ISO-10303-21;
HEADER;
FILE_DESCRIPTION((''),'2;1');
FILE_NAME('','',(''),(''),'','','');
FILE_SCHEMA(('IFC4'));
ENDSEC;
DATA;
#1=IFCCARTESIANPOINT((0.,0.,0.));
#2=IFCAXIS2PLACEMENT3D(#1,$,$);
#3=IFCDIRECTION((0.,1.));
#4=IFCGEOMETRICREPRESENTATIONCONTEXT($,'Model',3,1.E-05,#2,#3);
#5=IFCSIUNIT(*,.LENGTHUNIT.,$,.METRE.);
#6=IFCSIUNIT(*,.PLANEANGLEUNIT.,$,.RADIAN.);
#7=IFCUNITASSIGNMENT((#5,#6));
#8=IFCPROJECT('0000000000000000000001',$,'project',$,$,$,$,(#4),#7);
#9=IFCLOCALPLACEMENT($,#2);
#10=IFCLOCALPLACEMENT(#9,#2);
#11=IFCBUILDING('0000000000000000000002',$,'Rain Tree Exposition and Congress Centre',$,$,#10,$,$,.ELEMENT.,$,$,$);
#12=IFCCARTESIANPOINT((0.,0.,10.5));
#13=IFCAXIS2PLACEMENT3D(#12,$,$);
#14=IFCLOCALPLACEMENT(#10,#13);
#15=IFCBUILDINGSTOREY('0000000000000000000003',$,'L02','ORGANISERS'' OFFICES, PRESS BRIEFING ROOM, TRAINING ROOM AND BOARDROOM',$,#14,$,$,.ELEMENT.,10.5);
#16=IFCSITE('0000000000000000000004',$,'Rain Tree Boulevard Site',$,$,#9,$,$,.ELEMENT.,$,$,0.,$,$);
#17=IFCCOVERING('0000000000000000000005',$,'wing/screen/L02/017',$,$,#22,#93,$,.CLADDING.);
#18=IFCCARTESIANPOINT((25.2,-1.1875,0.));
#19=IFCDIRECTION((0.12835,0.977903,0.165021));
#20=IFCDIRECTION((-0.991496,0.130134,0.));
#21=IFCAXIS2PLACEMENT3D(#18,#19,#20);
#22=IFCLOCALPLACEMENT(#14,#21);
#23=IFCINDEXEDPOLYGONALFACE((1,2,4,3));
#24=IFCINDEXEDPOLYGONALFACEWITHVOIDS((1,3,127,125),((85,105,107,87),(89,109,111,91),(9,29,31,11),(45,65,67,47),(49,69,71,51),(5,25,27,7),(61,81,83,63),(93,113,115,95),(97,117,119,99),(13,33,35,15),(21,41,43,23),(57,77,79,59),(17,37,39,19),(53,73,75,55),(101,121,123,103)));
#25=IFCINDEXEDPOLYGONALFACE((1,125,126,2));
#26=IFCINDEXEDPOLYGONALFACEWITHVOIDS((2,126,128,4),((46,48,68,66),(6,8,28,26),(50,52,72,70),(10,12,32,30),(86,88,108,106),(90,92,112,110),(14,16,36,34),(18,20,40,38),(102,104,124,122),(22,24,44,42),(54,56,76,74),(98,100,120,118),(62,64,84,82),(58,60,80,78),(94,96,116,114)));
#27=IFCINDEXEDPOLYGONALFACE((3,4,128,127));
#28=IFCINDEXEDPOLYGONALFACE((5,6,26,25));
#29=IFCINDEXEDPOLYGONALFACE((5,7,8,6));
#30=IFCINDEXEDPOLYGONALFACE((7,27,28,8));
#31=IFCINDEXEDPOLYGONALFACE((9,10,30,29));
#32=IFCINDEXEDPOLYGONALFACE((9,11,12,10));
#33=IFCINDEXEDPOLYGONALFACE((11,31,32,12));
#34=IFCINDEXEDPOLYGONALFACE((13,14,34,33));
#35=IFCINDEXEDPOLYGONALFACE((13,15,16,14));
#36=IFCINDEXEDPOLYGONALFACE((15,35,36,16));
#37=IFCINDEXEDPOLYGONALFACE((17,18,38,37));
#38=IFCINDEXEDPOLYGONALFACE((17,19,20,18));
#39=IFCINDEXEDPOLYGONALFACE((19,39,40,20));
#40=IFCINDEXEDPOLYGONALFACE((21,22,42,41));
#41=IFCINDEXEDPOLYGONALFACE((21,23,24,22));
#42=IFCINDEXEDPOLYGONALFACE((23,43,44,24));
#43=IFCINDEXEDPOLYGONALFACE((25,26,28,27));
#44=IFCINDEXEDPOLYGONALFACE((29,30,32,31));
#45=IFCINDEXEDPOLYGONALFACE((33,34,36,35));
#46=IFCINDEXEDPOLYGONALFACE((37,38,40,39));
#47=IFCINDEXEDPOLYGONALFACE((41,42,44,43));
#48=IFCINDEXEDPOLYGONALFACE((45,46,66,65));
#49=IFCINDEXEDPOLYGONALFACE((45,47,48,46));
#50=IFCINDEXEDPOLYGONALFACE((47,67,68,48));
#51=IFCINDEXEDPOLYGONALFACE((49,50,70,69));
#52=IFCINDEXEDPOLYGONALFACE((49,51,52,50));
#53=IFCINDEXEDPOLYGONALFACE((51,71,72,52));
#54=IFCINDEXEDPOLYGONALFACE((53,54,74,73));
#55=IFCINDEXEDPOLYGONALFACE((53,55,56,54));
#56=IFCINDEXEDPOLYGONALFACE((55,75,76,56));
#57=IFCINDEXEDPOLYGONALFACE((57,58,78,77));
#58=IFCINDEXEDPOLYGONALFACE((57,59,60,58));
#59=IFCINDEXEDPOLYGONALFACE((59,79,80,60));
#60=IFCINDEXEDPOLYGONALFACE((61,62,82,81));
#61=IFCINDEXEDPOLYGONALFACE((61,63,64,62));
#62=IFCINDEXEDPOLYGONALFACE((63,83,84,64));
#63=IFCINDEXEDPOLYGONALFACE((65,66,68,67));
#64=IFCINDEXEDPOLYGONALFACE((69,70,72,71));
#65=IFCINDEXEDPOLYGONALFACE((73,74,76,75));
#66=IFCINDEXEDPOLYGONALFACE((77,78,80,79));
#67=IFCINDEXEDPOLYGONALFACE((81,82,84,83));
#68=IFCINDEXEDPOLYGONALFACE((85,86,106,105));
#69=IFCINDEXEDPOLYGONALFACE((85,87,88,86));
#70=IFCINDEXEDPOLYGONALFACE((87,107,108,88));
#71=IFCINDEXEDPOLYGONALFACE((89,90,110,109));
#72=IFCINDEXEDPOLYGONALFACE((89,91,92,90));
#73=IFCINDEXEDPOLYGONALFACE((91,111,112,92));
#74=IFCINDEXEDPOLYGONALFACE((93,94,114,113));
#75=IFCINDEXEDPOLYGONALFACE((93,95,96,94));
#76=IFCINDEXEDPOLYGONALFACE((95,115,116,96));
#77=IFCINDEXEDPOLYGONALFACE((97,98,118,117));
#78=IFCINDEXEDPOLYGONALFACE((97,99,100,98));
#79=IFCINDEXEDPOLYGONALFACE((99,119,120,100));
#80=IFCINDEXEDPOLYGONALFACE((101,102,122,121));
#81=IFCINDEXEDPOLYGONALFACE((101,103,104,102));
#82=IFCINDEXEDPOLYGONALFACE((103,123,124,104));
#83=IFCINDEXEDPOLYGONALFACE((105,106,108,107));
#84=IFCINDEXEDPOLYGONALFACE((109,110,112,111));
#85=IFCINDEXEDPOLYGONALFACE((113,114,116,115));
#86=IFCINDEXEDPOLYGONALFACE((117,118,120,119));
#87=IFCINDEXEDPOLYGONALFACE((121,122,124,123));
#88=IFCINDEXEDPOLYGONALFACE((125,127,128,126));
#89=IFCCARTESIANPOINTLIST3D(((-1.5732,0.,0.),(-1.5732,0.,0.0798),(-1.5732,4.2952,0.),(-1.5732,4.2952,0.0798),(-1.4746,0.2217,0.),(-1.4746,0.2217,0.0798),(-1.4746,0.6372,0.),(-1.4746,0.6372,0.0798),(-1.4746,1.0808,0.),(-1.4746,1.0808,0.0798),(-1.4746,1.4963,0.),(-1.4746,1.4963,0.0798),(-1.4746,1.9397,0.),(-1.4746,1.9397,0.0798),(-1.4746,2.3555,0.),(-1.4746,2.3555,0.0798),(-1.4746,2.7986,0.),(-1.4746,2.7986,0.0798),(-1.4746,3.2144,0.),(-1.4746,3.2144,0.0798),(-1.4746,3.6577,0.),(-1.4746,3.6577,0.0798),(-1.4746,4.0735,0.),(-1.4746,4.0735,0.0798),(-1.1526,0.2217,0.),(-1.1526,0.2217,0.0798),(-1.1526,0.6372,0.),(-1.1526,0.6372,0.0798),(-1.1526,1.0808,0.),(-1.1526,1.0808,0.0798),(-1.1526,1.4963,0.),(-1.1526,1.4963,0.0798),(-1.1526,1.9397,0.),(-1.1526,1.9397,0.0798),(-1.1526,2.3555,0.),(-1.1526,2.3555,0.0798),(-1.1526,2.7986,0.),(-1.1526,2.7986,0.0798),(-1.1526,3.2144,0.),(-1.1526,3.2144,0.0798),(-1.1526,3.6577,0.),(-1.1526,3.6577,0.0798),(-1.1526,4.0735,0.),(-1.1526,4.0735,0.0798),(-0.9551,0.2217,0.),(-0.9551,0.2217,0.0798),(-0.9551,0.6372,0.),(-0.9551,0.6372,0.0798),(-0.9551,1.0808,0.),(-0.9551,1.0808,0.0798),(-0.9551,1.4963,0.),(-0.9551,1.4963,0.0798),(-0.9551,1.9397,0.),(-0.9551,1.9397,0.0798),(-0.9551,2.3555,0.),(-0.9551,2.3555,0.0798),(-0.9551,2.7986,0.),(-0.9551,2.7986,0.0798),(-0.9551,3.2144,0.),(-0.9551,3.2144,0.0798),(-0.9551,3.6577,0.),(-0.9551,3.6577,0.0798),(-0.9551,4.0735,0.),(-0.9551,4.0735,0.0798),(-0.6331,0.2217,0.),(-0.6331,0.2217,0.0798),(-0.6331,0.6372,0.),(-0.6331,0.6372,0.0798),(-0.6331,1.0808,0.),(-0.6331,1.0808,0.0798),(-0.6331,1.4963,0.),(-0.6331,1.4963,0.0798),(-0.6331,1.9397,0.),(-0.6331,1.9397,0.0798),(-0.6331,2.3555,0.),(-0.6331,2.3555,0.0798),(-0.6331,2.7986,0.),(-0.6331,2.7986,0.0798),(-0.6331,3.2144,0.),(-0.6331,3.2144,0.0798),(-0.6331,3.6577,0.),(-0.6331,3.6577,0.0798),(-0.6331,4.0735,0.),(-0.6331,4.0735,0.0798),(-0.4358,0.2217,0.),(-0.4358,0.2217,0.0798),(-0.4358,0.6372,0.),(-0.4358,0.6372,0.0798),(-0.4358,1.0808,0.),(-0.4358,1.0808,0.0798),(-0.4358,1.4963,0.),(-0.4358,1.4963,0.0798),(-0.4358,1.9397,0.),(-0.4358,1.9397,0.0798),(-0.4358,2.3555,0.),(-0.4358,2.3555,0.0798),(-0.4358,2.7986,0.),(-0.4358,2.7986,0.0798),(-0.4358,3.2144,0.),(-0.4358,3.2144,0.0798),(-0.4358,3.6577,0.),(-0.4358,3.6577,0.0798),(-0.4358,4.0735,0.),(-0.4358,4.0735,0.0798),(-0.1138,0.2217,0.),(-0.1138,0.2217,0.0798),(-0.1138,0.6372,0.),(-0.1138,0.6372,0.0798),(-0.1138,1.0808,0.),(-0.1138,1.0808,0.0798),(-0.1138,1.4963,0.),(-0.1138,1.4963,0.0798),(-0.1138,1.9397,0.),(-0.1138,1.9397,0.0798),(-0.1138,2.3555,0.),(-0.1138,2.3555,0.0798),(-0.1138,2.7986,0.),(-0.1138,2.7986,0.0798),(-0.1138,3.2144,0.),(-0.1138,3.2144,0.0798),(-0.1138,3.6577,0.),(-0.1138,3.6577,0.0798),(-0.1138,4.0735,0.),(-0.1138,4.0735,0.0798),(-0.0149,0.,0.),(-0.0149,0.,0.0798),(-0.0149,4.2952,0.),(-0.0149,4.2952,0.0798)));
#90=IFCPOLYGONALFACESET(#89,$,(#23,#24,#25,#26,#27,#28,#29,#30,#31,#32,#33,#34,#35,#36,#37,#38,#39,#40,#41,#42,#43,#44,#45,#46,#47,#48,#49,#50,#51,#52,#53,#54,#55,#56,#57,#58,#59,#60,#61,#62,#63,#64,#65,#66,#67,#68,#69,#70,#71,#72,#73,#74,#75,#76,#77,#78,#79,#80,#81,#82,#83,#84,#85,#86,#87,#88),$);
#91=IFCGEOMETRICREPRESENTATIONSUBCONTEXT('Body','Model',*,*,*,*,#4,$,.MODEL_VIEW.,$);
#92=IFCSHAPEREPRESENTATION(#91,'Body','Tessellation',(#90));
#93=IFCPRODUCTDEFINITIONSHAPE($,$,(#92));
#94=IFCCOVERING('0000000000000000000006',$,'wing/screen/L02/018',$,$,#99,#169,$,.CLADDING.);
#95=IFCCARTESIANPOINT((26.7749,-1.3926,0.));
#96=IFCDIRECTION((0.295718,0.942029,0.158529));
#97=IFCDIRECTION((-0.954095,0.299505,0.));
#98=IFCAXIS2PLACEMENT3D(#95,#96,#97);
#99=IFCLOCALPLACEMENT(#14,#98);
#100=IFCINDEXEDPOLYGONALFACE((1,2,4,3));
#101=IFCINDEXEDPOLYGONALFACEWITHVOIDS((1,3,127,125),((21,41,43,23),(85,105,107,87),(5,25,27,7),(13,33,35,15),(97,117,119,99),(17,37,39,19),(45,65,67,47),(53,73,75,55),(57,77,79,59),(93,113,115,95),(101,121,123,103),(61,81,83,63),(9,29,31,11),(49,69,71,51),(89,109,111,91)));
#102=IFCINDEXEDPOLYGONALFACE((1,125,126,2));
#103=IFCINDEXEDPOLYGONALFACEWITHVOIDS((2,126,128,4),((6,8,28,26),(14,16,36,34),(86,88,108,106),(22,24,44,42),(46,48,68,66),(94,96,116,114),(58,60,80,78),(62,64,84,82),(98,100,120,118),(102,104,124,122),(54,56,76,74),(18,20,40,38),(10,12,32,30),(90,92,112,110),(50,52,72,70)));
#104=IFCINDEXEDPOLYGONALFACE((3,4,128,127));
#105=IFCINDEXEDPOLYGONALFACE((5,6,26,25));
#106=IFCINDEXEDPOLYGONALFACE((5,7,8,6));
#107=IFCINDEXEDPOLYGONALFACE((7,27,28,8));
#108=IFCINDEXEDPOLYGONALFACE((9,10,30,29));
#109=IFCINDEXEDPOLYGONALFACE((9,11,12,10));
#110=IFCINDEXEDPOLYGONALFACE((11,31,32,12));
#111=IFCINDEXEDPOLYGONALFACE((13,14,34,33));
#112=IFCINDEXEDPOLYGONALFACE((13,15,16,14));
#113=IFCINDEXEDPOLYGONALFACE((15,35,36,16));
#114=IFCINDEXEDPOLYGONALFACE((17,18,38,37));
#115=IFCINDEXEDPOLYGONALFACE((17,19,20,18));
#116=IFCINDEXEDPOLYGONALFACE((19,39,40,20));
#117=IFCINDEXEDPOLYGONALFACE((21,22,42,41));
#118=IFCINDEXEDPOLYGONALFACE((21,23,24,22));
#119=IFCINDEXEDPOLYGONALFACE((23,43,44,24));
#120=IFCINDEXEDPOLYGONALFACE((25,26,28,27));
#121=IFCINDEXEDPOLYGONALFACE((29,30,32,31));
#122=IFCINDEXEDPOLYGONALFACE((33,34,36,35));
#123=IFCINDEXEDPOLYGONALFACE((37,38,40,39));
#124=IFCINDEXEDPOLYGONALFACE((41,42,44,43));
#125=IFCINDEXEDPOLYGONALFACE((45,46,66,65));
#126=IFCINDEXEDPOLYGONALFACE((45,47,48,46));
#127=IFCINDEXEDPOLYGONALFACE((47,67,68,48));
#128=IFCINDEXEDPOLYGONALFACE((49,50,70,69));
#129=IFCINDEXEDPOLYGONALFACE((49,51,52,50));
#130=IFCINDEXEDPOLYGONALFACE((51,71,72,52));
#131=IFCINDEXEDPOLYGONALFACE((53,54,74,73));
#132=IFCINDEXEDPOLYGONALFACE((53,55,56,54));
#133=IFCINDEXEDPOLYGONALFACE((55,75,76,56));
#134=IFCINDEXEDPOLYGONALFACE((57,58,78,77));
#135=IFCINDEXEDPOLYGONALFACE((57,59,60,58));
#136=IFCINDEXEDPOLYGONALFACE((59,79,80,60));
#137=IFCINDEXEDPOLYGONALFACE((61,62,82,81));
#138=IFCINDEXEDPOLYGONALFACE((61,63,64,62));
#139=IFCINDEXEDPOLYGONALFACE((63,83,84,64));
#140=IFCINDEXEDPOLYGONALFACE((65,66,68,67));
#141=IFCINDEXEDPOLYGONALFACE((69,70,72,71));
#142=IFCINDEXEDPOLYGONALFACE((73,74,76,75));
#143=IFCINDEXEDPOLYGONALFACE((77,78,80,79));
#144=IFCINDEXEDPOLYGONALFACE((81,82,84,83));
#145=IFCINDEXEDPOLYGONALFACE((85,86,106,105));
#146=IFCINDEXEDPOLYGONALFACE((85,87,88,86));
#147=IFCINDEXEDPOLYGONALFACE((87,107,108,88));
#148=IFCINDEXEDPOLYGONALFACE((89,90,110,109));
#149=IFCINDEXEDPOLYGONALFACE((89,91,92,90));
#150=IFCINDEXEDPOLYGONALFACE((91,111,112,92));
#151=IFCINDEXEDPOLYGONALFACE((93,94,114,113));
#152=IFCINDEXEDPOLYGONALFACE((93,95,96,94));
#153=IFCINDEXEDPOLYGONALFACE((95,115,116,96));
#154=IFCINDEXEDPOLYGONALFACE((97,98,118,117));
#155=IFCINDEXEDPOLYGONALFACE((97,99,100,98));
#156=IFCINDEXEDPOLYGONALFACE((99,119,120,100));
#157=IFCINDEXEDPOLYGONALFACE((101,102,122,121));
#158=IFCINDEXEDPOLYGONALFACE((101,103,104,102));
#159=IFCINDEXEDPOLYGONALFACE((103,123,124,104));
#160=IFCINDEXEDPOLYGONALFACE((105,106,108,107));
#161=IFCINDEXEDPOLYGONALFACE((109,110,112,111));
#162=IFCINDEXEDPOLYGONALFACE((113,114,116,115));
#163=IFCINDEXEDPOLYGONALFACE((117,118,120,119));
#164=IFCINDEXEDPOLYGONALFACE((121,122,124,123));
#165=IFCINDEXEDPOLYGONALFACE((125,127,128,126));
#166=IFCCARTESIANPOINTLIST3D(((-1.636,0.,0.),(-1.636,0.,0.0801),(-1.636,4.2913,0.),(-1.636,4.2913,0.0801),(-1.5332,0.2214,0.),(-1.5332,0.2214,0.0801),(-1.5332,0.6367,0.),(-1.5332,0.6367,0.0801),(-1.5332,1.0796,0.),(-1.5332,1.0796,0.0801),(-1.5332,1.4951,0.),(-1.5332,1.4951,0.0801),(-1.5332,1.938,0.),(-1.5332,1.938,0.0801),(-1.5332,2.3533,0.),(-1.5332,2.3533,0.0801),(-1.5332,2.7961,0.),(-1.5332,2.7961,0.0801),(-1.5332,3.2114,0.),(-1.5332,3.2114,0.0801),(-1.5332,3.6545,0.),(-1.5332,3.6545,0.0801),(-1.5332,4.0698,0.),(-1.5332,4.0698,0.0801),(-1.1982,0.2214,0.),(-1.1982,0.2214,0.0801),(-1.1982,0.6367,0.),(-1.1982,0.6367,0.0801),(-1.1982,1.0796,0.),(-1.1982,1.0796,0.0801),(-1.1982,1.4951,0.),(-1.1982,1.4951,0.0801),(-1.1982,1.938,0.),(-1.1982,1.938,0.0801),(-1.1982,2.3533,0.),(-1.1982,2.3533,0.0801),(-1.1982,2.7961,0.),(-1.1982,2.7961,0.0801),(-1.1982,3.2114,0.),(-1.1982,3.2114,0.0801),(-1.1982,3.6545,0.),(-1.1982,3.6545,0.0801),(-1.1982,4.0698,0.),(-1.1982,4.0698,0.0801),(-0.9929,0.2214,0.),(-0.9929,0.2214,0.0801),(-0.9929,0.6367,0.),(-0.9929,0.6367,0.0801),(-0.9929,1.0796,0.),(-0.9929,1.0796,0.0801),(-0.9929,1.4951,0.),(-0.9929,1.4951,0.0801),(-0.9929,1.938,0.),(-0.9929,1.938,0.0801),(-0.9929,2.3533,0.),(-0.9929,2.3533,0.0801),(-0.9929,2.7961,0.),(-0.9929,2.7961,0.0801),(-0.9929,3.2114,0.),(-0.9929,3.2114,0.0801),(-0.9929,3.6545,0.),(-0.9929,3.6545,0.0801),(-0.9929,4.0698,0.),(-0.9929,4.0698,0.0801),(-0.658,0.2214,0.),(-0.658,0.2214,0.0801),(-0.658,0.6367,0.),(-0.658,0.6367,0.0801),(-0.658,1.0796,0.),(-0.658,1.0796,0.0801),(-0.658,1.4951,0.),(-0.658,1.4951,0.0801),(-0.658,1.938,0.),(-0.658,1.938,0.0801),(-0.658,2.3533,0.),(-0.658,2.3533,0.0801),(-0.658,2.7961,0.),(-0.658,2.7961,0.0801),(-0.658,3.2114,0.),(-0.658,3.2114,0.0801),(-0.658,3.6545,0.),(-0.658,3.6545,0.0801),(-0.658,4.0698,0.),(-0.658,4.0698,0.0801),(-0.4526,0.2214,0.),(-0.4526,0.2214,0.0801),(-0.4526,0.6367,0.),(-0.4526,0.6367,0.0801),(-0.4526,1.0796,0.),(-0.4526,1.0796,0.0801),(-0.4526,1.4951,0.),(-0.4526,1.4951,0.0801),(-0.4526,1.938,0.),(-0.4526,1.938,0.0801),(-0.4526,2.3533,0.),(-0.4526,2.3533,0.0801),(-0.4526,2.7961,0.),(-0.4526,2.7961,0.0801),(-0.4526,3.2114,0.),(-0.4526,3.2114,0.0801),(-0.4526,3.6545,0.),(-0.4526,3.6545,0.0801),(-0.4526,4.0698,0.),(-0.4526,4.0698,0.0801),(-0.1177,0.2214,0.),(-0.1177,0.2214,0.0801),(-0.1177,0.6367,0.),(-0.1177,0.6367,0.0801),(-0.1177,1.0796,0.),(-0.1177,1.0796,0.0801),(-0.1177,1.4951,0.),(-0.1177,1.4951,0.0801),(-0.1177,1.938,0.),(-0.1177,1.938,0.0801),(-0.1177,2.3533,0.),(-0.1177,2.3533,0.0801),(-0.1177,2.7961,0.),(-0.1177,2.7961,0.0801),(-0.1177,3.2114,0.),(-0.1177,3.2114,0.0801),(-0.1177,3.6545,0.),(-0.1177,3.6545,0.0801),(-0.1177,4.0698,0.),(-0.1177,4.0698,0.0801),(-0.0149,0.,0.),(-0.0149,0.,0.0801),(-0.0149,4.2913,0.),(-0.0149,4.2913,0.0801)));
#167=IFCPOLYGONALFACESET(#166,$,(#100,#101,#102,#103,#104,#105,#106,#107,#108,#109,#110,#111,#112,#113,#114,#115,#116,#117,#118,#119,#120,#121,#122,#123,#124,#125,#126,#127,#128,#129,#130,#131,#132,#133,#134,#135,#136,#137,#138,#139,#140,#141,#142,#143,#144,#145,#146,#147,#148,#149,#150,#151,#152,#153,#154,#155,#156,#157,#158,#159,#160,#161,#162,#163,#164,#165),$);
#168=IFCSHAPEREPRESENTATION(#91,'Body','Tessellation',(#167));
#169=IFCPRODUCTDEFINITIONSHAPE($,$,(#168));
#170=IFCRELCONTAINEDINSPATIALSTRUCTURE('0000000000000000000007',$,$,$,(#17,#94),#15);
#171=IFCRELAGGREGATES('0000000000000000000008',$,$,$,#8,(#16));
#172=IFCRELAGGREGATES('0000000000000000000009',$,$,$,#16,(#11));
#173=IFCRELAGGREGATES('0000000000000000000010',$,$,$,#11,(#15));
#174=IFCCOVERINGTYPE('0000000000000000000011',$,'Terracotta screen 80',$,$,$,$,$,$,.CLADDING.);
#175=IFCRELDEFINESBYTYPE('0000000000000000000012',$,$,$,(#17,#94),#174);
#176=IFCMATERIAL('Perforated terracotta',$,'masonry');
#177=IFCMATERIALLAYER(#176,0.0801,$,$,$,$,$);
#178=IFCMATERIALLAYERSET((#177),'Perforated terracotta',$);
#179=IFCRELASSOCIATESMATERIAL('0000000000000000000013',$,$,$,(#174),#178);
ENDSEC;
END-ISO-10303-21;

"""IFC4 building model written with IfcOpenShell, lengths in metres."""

from ifc_helpers import new_model, si_unit, direction, frame, origin, place, context, subcontext, project, spatial, polyline, outline, extrude, material, layer, layer_set, type_object, element, save


model = new_model("IFC4")

# Units and contexts
model_context = context("Model", 3, precision=1e-05, world=origin(), true_north=direction((0.0, 1.0)))
body_context = subcontext(model_context, "Body", "Model", "MODEL_VIEW")
ifc_project = project(units=[si_unit("LENGTHUNIT", "METRE"), si_unit("PLANEANGLEUNIT", "RADIAN")], contexts=[model_context])

# Site, building, storey
site_placement = place(None, origin())
site = spatial("IfcSite", under=ifc_project, at=site_placement, Name="Rain Tree Boulevard Site", CompositionType="ELEMENT", RefElevation=0.0)
building_placement = place(site_placement, origin())
building = spatial("IfcBuilding", under=site, at=building_placement, Name="Rain Tree Exposition and Congress Centre", CompositionType="ELEMENT")
storey_placement = place(building_placement, frame((0.0, 0.0, 10.5)))
storey = spatial("IfcBuildingStorey", under=building, at=storey_placement, Name="L02", Description="ORGANISERS' OFFICES, PRESS BRIEFING ROOM, TRAINING ROOM AND BOARDROOM", CompositionType="ELEMENT", Elevation=10.5)

# Coverings
ifc_material_1 = material(Name="Perforated terracotta", Category="masonry")
ifc_layer_1 = layer(ifc_material_1, 0.0801)
ifc_layer_set_1 = layer_set([ifc_layer_1], Name="Perforated terracotta")
covering_type = type_object("IfcCoveringType", Name="Terracotta screen 80", PredefinedType="CLADDING", material=ifc_layer_set_1)
covering_1_placement = place(storey_placement, frame((25.2, -1.1875, 0.0), z_axis=(0.12835, 0.977903, 0.165021), x_axis=(-0.991496, 0.130134, 0.0)))
element("IfcCovering", 1, at=covering_1_placement, inside=storey, type_object=covering_type, Name="wing/screen/L02/017", PredefinedType="CLADDING", context=body_context, shape_type="SweptSolid", body=[
    extrude(outline(polyline([(-1.5732, 0.0), (-1.5732, 4.2952), (-0.0149, 4.2952), (-0.0149, 0.0), (-1.5732, 0.0)]), holes=[polyline([(-0.1138, 0.2217), (-0.1138, 0.6372), (-0.4358, 0.6372), (-0.4358, 0.2217), (-0.1138, 0.2217)]), polyline([(-0.1138, 1.0808), (-0.1138, 1.4963), (-0.4358, 1.4963), (-0.4358, 1.0808), (-0.1138, 1.0808)]), polyline([(-0.1138, 1.9397), (-0.1138, 2.3555), (-0.4358, 2.3555), (-0.4358, 1.9397), (-0.1138, 1.9397)]), polyline([(-0.1138, 2.7986), (-0.1138, 3.2144), (-0.4358, 3.2144), (-0.4358, 2.7986), (-0.1138, 2.7986)]), polyline([(-0.1138, 3.6577), (-0.1138, 4.0735), (-0.4358, 4.0735), (-0.4358, 3.6577), (-0.1138, 3.6577)]), polyline([(-0.6331, 0.2217), (-0.6331, 0.6372), (-0.9551, 0.6372), (-0.9551, 0.2217), (-0.6331, 0.2217)]), polyline([(-0.6331, 1.0808), (-0.6331, 1.4963), (-0.9551, 1.4963), (-0.9551, 1.0808), (-0.6331, 1.0808)]), polyline([(-0.6331, 1.9397), (-0.6331, 2.3555), (-0.9551, 2.3555), (-0.9551, 1.9397), (-0.6331, 1.9397)]), polyline([(-0.6331, 2.7986), (-0.6331, 3.2144), (-0.9551, 3.2144), (-0.9551, 2.7986), (-0.6331, 2.7986)]), polyline([(-0.6331, 3.6577), (-0.6331, 4.0735), (-0.9551, 4.0735), (-0.9551, 3.6577), (-0.6331, 3.6577)]), polyline([(-1.1526, 0.2217), (-1.1526, 0.6372), (-1.4746, 0.6372), (-1.4746, 0.2217), (-1.1526, 0.2217)]), polyline([(-1.1526, 1.0808), (-1.1526, 1.4963), (-1.4746, 1.4963), (-1.4746, 1.0808), (-1.1526, 1.0808)]), polyline([(-1.1526, 1.9397), (-1.1526, 2.3555), (-1.4746, 2.3555), (-1.4746, 1.9397), (-1.1526, 1.9397)]), polyline([(-1.1526, 2.7986), (-1.1526, 3.2144), (-1.4746, 3.2144), (-1.4746, 2.7986), (-1.1526, 2.7986)]), polyline([(-1.1526, 3.6577), (-1.1526, 4.0735), (-1.4746, 4.0735), (-1.4746, 3.6577), (-1.1526, 3.6577)])]), origin(), (0.0, 0.0, 1.0), 0.0798),
])
covering_2_placement = place(storey_placement, frame((26.7749, -1.3926, 0.0), z_axis=(0.295718, 0.942029, 0.158529), x_axis=(-0.954095, 0.299505, 0.0)))
element("IfcCovering", 2, at=covering_2_placement, inside=storey, type_object=covering_type, Name="wing/screen/L02/018", PredefinedType="CLADDING", context=body_context, shape_type="SweptSolid", body=[
    extrude(outline(polyline([(-1.636, 0.0), (-1.636, 4.2913), (-0.0149, 4.2913), (-0.0149, 0.0), (-1.636, 0.0)]), holes=[polyline([(-0.1177, 0.2214), (-0.1177, 0.6367), (-0.4526, 0.6367), (-0.4526, 0.2214), (-0.1177, 0.2214)]), polyline([(-0.1177, 1.0796), (-0.1177, 1.4951), (-0.4526, 1.4951), (-0.4526, 1.0796), (-0.1177, 1.0796)]), polyline([(-0.1177, 1.938), (-0.1177, 2.3533), (-0.4526, 2.3533), (-0.4526, 1.938), (-0.1177, 1.938)]), polyline([(-0.1177, 2.7961), (-0.1177, 3.2114), (-0.4526, 3.2114), (-0.4526, 2.7961), (-0.1177, 2.7961)]), polyline([(-0.1177, 3.6545), (-0.1177, 4.0698), (-0.4526, 4.0698), (-0.4526, 3.6545), (-0.1177, 3.6545)]), polyline([(-0.658, 0.2214), (-0.658, 0.6367), (-0.9929, 0.6367), (-0.9929, 0.2214), (-0.658, 0.2214)]), polyline([(-0.658, 1.0796), (-0.658, 1.4951), (-0.9929, 1.4951), (-0.9929, 1.0796), (-0.658, 1.0796)]), polyline([(-0.658, 1.938), (-0.658, 2.3533), (-0.9929, 2.3533), (-0.9929, 1.938), (-0.658, 1.938)]), polyline([(-0.658, 2.7961), (-0.658, 3.2114), (-0.9929, 3.2114), (-0.9929, 2.7961), (-0.658, 2.7961)]), polyline([(-0.658, 3.6545), (-0.658, 4.0698), (-0.9929, 4.0698), (-0.9929, 3.6545), (-0.658, 3.6545)]), polyline([(-1.1982, 0.2214), (-1.1982, 0.6367), (-1.5332, 0.6367), (-1.5332, 0.2214), (-1.1982, 0.2214)]), polyline([(-1.1982, 1.0796), (-1.1982, 1.4951), (-1.5332, 1.4951), (-1.5332, 1.0796), (-1.1982, 1.0796)]), polyline([(-1.1982, 1.938), (-1.1982, 2.3533), (-1.5332, 2.3533), (-1.5332, 1.938), (-1.1982, 1.938)]), polyline([(-1.1982, 2.7961), (-1.1982, 3.2114), (-1.5332, 3.2114), (-1.5332, 2.7961), (-1.1982, 2.7961)]), polyline([(-1.1982, 3.6545), (-1.1982, 4.0698), (-1.5332, 4.0698), (-1.5332, 3.6545), (-1.1982, 3.6545)])]), origin(), (0.0, 0.0, 1.0), 0.0801),
])

save(model, "model.ifc")
